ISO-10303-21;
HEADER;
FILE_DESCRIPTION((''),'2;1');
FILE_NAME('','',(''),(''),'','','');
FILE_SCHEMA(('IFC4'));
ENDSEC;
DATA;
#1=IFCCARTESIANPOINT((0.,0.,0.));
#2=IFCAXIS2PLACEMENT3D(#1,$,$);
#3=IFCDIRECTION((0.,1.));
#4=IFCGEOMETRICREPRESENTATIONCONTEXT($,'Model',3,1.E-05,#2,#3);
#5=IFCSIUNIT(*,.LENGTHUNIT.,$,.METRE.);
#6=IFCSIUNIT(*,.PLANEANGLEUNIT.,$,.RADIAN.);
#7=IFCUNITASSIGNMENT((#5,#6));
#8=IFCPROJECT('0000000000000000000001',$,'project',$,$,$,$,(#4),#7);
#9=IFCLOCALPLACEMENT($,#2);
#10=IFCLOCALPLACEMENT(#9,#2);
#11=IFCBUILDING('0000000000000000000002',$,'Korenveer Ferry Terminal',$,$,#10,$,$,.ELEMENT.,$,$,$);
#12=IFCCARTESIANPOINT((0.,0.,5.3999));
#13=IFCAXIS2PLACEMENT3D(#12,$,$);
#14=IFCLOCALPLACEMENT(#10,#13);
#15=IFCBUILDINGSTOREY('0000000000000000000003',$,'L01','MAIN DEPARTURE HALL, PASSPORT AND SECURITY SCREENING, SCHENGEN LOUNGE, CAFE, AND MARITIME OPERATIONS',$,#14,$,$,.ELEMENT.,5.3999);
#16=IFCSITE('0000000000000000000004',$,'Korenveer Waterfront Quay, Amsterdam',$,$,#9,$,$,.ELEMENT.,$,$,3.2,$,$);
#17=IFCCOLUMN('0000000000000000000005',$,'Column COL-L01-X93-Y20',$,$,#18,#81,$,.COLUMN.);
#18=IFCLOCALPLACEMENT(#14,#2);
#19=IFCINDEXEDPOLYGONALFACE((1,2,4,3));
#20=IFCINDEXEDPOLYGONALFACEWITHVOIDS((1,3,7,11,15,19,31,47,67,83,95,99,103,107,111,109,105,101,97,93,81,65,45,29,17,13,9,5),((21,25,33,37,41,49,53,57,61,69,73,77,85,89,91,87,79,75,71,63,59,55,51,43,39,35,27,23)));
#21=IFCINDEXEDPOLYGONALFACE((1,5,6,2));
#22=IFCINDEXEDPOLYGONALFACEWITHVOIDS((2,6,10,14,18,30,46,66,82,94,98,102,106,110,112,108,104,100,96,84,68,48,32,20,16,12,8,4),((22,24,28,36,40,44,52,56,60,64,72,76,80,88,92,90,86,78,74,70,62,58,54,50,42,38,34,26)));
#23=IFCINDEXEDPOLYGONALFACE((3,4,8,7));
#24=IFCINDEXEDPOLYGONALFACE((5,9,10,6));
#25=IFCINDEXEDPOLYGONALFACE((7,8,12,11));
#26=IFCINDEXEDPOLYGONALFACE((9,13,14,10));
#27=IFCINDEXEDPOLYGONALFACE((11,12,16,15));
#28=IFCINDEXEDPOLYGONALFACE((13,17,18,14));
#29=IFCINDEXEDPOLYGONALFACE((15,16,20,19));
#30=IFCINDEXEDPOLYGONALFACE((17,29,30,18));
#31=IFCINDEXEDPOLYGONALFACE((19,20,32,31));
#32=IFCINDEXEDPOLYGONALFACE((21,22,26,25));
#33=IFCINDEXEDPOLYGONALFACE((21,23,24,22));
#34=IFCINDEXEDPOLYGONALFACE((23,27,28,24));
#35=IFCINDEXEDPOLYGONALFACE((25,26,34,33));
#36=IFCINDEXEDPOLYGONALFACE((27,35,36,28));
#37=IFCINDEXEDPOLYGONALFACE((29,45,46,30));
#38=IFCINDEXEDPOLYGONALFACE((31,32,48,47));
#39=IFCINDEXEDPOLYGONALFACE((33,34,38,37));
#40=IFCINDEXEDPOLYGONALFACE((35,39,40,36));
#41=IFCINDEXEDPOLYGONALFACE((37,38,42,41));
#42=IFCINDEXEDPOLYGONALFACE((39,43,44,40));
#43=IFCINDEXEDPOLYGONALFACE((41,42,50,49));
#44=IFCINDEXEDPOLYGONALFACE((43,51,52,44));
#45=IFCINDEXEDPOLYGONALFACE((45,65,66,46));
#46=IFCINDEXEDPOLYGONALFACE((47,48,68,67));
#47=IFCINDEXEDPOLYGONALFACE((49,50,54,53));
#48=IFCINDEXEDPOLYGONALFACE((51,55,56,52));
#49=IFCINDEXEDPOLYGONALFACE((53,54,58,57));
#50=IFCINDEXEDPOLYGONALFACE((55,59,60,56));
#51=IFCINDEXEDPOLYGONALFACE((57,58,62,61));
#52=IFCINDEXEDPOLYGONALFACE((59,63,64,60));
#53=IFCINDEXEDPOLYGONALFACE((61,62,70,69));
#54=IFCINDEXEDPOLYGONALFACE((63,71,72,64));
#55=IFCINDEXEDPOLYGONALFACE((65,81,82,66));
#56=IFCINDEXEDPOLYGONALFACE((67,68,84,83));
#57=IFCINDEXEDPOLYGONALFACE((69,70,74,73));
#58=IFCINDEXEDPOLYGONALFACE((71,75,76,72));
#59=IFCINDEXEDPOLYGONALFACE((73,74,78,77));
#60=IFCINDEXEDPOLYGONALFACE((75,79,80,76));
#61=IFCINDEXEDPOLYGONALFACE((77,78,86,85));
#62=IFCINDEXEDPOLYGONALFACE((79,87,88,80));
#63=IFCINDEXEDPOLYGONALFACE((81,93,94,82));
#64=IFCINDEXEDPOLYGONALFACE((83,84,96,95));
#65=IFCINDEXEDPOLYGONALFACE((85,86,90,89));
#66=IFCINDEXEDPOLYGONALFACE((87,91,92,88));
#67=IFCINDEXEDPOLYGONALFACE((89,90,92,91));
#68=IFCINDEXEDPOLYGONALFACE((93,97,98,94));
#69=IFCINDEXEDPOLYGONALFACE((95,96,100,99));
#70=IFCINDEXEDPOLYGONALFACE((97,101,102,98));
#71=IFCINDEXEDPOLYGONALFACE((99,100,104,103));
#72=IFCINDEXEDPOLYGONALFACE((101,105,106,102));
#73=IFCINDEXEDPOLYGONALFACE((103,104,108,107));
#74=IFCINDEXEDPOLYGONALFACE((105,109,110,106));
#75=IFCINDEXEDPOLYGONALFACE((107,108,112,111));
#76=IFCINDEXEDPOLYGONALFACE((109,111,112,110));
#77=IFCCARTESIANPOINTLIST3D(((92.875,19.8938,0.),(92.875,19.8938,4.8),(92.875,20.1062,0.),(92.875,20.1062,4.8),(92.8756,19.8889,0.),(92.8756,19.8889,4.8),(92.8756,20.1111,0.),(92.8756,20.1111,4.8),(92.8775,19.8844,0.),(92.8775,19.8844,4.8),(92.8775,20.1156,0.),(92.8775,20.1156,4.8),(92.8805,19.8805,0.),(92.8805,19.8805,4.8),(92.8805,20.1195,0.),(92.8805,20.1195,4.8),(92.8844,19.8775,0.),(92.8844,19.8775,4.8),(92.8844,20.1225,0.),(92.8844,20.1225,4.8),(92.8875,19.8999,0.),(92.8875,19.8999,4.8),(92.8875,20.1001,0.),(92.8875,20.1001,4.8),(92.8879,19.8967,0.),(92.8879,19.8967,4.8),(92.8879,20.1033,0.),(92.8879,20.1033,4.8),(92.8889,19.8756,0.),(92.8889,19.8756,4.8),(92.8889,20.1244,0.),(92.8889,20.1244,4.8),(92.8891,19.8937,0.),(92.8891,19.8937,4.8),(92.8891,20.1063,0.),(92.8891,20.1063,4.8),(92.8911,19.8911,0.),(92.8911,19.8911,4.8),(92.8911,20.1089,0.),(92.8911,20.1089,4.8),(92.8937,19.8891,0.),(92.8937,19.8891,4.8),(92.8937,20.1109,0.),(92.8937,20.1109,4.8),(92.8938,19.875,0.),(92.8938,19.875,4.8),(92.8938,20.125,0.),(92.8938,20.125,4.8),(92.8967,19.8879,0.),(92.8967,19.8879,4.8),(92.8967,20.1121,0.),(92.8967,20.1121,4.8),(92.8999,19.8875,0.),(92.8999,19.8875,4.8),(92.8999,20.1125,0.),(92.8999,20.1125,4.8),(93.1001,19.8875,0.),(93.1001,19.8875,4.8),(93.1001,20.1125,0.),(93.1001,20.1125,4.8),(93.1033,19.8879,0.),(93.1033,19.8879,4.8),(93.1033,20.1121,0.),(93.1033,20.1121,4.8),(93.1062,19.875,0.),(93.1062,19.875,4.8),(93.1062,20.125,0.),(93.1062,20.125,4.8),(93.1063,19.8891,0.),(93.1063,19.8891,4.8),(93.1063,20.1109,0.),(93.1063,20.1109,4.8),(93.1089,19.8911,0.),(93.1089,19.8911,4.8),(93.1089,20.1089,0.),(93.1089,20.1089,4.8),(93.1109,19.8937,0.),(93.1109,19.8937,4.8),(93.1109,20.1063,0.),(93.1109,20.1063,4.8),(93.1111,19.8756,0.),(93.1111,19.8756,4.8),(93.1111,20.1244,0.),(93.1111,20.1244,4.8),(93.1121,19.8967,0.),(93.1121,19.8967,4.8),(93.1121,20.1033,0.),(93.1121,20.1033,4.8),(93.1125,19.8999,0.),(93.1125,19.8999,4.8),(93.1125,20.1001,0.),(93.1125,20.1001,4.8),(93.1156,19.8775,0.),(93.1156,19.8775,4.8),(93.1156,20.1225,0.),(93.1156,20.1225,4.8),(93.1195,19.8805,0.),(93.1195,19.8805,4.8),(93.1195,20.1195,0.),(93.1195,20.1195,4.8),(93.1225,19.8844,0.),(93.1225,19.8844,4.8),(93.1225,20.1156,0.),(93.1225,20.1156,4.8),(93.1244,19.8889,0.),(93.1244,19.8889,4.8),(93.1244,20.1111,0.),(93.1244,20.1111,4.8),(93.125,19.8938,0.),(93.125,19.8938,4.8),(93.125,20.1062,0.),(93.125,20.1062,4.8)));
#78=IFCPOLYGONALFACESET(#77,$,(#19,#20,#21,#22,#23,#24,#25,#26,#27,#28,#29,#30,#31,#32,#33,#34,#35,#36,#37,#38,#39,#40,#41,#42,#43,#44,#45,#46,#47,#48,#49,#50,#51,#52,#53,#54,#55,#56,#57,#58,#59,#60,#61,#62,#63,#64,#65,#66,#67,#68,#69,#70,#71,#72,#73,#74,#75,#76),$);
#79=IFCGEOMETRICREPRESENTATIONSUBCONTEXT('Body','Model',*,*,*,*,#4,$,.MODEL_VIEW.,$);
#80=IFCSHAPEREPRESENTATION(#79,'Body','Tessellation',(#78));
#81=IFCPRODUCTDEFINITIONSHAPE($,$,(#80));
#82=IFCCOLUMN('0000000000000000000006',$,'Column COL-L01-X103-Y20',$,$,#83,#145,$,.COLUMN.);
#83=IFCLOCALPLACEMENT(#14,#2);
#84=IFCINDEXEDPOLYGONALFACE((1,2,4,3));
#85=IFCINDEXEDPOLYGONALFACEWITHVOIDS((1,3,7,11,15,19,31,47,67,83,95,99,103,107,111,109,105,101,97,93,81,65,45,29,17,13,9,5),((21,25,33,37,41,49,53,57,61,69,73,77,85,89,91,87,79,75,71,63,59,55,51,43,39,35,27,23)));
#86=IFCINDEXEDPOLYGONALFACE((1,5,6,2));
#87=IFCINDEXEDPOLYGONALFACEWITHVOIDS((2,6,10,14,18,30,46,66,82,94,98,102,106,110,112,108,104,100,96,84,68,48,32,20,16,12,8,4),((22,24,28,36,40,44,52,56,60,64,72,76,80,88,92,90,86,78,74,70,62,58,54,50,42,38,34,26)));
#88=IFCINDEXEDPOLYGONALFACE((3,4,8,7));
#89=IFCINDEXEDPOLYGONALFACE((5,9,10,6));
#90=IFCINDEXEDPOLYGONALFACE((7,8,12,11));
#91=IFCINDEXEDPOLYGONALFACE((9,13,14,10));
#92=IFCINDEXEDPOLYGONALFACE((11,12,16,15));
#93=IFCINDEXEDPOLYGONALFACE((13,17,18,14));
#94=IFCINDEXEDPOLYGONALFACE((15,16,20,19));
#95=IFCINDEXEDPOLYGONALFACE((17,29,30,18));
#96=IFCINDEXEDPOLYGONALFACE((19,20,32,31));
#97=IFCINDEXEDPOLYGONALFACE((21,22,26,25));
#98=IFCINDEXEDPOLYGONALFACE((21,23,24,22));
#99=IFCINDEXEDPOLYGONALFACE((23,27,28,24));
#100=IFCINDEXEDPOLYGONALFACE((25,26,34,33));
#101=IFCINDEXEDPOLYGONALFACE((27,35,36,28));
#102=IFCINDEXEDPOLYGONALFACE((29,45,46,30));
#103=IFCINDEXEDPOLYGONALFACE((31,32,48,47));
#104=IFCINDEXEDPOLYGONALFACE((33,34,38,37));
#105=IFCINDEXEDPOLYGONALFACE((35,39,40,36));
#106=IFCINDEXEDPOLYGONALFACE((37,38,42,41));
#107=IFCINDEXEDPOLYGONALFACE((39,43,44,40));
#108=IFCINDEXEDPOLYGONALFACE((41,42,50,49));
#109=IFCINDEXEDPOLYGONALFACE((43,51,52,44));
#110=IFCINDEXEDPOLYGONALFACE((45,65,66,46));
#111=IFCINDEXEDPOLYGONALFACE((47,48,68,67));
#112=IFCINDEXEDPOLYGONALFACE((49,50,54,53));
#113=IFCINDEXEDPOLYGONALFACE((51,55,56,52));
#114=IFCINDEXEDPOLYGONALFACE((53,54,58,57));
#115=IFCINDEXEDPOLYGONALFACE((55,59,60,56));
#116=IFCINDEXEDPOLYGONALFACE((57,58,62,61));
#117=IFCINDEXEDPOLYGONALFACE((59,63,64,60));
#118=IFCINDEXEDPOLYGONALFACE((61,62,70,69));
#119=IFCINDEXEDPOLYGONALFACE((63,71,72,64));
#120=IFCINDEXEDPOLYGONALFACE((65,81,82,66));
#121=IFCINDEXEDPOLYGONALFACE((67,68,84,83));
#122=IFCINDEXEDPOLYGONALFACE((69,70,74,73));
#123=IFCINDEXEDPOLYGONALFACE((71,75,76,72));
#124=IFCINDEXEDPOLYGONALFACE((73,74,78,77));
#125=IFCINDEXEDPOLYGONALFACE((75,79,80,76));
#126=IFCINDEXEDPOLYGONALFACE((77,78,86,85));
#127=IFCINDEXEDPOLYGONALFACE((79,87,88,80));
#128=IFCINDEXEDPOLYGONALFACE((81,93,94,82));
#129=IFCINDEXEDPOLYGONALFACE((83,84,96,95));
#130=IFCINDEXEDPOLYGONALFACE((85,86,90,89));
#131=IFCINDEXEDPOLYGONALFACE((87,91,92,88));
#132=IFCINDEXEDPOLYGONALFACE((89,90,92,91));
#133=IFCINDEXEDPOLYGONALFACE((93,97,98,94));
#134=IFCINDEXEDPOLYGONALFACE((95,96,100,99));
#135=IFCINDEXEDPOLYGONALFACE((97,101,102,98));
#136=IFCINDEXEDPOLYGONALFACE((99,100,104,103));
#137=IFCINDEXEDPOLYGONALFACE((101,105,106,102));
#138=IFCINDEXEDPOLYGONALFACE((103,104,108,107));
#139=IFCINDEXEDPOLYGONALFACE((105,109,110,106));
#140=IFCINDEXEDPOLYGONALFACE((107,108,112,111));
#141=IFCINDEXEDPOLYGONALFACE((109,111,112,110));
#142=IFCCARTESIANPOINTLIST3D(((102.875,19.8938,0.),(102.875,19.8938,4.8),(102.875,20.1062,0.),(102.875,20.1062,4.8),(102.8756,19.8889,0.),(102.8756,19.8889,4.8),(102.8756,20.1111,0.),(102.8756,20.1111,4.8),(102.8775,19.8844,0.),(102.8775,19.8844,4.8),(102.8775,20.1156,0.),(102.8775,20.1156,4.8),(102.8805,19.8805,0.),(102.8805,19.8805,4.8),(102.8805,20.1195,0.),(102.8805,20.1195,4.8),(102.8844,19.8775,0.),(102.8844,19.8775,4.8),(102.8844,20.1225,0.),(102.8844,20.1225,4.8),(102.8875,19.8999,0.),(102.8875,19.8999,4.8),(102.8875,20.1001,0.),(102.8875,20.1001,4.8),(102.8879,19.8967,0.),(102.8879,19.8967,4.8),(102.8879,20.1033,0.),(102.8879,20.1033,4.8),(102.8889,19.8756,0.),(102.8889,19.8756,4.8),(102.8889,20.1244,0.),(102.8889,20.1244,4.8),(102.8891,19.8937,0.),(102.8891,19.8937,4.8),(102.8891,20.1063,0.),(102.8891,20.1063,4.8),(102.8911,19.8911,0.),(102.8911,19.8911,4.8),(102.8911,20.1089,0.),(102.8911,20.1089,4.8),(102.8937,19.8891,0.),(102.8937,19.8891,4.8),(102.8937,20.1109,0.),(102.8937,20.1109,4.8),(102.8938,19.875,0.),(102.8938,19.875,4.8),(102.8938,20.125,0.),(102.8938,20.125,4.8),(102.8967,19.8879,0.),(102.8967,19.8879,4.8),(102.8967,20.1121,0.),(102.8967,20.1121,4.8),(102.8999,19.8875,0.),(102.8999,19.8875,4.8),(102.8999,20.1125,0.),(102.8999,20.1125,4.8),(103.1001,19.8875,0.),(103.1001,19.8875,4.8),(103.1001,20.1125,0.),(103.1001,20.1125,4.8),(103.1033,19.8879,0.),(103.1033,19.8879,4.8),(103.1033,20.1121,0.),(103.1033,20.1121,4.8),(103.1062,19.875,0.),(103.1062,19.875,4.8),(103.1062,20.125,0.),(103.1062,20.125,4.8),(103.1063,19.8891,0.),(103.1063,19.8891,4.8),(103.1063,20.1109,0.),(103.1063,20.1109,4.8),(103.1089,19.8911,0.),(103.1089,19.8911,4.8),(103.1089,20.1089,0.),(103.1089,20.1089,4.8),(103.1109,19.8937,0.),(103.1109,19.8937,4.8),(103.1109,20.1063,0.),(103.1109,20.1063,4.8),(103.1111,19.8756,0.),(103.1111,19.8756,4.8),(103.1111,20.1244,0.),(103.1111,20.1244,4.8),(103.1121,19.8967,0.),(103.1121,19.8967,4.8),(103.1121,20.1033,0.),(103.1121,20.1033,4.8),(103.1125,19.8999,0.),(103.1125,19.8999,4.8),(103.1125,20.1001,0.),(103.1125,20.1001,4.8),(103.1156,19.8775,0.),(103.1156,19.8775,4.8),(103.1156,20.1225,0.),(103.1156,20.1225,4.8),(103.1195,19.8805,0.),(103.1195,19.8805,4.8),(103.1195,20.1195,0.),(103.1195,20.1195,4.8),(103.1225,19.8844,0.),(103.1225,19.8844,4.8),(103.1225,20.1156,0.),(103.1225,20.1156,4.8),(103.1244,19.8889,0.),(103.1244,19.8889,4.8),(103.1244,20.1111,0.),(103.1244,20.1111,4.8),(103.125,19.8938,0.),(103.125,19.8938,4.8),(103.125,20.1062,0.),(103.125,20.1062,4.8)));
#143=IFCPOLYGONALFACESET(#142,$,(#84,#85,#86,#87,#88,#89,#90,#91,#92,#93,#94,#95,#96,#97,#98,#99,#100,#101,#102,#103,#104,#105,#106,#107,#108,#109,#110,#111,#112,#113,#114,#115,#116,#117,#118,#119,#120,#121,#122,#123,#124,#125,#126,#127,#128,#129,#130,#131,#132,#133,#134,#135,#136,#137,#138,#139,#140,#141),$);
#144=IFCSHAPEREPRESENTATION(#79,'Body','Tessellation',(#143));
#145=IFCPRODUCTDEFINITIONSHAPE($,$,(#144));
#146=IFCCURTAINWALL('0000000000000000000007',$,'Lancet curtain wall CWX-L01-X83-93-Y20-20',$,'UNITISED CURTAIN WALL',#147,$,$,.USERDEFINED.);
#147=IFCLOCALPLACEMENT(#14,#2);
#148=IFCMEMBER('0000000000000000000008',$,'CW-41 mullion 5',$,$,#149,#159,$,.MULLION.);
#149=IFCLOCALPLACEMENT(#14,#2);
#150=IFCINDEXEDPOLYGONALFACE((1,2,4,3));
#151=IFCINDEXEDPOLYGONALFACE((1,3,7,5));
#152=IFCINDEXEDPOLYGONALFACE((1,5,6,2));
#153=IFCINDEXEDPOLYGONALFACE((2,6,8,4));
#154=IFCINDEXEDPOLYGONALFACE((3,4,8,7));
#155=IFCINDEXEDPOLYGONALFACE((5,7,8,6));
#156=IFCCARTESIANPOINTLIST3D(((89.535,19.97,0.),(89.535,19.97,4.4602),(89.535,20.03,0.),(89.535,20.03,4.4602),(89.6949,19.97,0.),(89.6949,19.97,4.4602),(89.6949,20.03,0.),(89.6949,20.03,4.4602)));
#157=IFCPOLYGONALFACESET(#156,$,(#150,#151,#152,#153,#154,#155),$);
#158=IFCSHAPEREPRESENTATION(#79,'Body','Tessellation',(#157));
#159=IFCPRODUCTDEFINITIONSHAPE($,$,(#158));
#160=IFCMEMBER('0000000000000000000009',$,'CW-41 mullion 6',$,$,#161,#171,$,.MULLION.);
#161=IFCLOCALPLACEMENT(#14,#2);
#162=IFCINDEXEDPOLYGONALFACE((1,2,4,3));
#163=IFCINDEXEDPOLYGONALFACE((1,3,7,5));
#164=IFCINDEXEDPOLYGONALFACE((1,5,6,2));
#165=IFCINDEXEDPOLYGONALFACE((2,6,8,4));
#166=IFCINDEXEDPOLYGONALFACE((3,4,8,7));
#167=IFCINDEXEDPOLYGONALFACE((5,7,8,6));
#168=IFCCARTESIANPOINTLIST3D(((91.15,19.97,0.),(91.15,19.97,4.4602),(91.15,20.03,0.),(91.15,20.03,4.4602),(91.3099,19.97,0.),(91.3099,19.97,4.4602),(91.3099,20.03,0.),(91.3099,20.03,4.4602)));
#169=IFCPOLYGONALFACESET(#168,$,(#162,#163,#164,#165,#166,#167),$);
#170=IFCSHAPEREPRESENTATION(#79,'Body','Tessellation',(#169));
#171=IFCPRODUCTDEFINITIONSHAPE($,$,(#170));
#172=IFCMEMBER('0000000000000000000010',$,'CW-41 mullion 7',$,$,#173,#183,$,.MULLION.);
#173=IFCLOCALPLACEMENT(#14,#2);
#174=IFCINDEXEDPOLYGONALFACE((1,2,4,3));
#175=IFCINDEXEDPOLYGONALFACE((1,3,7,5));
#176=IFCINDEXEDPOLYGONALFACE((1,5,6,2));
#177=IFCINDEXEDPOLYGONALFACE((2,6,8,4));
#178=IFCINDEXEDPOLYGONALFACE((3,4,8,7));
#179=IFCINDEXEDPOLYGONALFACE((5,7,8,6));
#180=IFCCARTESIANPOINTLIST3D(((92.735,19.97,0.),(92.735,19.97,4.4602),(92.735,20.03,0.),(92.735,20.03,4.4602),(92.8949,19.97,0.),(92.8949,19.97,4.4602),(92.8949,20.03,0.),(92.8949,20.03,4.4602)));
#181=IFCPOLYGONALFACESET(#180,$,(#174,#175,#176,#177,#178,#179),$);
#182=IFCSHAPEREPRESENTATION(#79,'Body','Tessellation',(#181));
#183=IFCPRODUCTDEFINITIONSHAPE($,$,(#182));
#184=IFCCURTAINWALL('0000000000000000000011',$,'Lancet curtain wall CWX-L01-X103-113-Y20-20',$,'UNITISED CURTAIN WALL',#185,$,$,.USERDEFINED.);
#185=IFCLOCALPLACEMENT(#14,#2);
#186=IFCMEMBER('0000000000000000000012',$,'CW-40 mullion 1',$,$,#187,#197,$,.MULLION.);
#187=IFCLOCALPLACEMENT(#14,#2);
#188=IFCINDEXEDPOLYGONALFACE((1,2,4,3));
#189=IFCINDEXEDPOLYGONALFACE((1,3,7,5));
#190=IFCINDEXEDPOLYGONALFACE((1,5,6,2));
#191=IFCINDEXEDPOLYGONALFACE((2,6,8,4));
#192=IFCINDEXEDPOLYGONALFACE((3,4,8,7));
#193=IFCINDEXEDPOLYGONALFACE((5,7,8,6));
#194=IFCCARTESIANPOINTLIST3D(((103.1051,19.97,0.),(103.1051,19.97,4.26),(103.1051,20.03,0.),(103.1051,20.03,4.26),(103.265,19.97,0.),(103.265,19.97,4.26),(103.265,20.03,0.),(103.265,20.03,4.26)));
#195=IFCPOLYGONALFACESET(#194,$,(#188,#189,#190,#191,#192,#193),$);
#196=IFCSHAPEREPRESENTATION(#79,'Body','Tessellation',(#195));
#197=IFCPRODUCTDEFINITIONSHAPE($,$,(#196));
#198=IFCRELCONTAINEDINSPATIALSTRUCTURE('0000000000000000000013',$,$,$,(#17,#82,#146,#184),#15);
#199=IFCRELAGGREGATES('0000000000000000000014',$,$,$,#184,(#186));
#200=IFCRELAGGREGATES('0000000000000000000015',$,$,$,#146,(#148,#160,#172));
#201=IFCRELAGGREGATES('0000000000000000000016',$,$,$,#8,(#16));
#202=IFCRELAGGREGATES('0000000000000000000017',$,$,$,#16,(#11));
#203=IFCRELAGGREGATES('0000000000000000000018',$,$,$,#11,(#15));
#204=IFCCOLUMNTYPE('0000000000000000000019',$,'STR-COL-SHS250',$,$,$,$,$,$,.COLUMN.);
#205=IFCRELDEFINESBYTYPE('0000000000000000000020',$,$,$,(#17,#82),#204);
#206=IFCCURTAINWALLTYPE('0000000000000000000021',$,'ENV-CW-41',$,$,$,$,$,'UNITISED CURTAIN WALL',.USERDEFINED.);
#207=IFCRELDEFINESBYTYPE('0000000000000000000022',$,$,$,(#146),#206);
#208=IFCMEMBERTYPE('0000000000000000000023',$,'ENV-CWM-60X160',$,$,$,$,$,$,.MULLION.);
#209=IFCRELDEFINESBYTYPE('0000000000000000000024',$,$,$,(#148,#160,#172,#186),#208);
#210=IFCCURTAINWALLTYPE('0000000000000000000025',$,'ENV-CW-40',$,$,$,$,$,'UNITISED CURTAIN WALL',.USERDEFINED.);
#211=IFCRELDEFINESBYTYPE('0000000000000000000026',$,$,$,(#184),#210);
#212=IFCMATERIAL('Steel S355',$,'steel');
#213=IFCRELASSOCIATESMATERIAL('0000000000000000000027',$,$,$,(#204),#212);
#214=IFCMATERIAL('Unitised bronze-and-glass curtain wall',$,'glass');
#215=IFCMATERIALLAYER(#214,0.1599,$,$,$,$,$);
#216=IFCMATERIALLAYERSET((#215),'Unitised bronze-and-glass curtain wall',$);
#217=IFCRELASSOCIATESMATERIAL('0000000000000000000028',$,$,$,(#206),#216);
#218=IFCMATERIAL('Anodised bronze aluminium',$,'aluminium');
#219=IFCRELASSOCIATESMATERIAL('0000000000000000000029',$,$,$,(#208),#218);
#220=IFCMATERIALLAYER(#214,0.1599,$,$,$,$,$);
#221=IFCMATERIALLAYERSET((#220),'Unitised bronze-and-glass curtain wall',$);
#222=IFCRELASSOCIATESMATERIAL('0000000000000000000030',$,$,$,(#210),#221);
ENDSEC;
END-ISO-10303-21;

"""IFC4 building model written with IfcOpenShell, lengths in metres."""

from ifc_helpers import new_model, si_unit, direction, frame, origin, origin_2d, place, context, subcontext, project, spatial, rectangle, hollow_rectangle, extrude, material, layer, layer_set, material_profile, profile_set, type_object, element, aggregate, save


model = new_model("IFC4")

# Units and contexts
model_context = context("Model", 3, precision=1e-05, world=origin(), true_north=direction((0.0, 1.0)))
body_context = subcontext(model_context, "Body", "Model", "MODEL_VIEW")
ifc_project = project(units=[si_unit("LENGTHUNIT", "METRE"), si_unit("PLANEANGLEUNIT", "RADIAN")], contexts=[model_context])

# Site, building, storey
site_placement = place(None, origin())
site = spatial("IfcSite", under=ifc_project, at=site_placement, Name="Korenveer Waterfront Quay, Amsterdam", CompositionType="ELEMENT", RefElevation=3.2)
building_placement = place(site_placement, origin())
building = spatial("IfcBuilding", under=site, at=building_placement, Name="Korenveer Ferry Terminal", CompositionType="ELEMENT")
storey_placement = place(building_placement, frame((0.0, 0.0, 5.3999)))
storey = spatial("IfcBuildingStorey", under=building, at=storey_placement, Name="L01", Description="MAIN DEPARTURE HALL, PASSPORT AND SECURITY SCREENING, SCHENGEN LOUNGE, CAFE, AND MARITIME OPERATIONS", CompositionType="ELEMENT", Elevation=5.3999)

# Columns
ifc_material_1 = material(Name="Steel S355", Category="steel")
ifc_material_profile_1 = material_profile(ifc_material_1, hollow_rectangle(XDim=0.25, YDim=0.25, WallThickness=0.0125, InnerFilletRadius=0.0125, OuterFilletRadius=0.0188, at=origin_2d()), Name="SHS 250x250x12.5")
ifc_profile_set_1 = profile_set([ifc_material_profile_1], Name="Steel S355")
column_type = type_object("IfcColumnType", Name="STR-COL-SHS250", PredefinedType="COLUMN", material=ifc_profile_set_1)
for number, where, z_axis, x_axis, name in (
    (1, (93.0, 20.0, 0.0), (0.0, 0.0, 1.0), (1.0, 0.0, 0.0), "Column COL-L01-X93-Y20"),
    (2, (103.0, 20.0, 0.0), (0.0, 0.0, 1.0), (1.0, 0.0, 0.0), "Column COL-L01-X103-Y20"),
):
    element("IfcColumn", number, at=place(storey_placement, frame(where, z_axis=z_axis, x_axis=x_axis)), inside=storey, type_object=column_type, Name=name, PredefinedType="COLUMN", context=body_context, shape_type="SweptSolid", body=[
        extrude(hollow_rectangle(XDim=0.25, YDim=0.25, WallThickness=0.0125, InnerFilletRadius=0.0125, OuterFilletRadius=0.0188, at=origin_2d()), origin(), (0.0, 0.0, 1.0), 4.8),
    ])

# Curtain wall, members
ifc_material_2 = material(Name="Unitised bronze-and-glass curtain wall", Category="glass")
ifc_layer_1 = layer(ifc_material_2, 0.1599)
ifc_layer_set_1 = layer_set([ifc_layer_1], Name="Unitised bronze-and-glass curtain wall")
curtain_wall_type_1 = type_object("IfcCurtainWallType", Name="ENV-CW-41", ElementType="UNITISED CURTAIN WALL", PredefinedType="USERDEFINED", material=ifc_layer_set_1)
curtain_wall_1_placement = place(storey_placement, frame((83.155, 20.0, 0.0)))
curtain_wall_1 = element("IfcCurtainWall", 3, at=curtain_wall_1_placement, inside=storey, type_object=curtain_wall_type_1, Name="Lancet curtain wall CWX-L01-X83-93-Y20-20", ObjectType="UNITISED CURTAIN WALL", PredefinedType="USERDEFINED")
ifc_material_3 = material(Name="Anodised bronze aluminium", Category="aluminium")
ifc_material_profile_2 = material_profile(ifc_material_3, rectangle(XDim=0.0601, YDim=0.1599, at=origin_2d()), Name="ALU 60x160")
ifc_profile_set_2 = profile_set([ifc_material_profile_2], Name="Anodised bronze aluminium")
member_type_1 = type_object("IfcMemberType", Name="ENV-CWM-60X160", PredefinedType="MULLION", material=ifc_profile_set_2)
member_1_placement = place(storey_placement, frame((89.615, 20.0, 0.0), z_axis=(0.0, 0.0, 1.0), x_axis=(0.0, 1.0, 0.0)))
member_1 = element("IfcMember", 4, at=member_1_placement, type_object=member_type_1, Name="CW-41 mullion 5", PredefinedType="MULLION", context=body_context, shape_type="SweptSolid", body=[
    extrude(rectangle(XDim=0.0601, YDim=0.1599, at=origin_2d()), origin(), (0.0, 0.0, 1.0), 4.4602),
])
member_2_placement = place(storey_placement, frame((91.23, 20.0, 0.0), z_axis=(0.0, 0.0, 1.0), x_axis=(0.0, 1.0, 0.0)))
member_2 = element("IfcMember", 5, at=member_2_placement, type_object=member_type_1, Name="CW-41 mullion 6", PredefinedType="MULLION", context=body_context, shape_type="SweptSolid", body=[
    extrude(rectangle(XDim=0.0601, YDim=0.1599, at=origin_2d()), origin(), (0.0, 0.0, 1.0), 4.4602),
])
member_3_placement = place(storey_placement, frame((92.8149, 20.0, 0.0), z_axis=(0.0, 0.0, 1.0), x_axis=(0.0, 1.0, 0.0)))
member_3 = element("IfcMember", 6, at=member_3_placement, type_object=member_type_1, Name="CW-41 mullion 7", PredefinedType="MULLION", context=body_context, shape_type="SweptSolid", body=[
    extrude(rectangle(XDim=0.0601, YDim=0.1599, at=origin_2d()), origin(), (0.0, 0.0, 1.0), 4.4602),
])

# Curtain wall, member
ifc_layer_2 = layer(ifc_material_2, 0.1599)
ifc_layer_set_2 = layer_set([ifc_layer_2], Name="Unitised bronze-and-glass curtain wall")
curtain_wall_type_2 = type_object("IfcCurtainWallType", Name="ENV-CW-40", ElementType="UNITISED CURTAIN WALL", PredefinedType="USERDEFINED", material=ifc_layer_set_2)
curtain_wall_2_placement = place(storey_placement, frame((103.155, 20.0, 0.0)))
curtain_wall_2 = element("IfcCurtainWall", 7, at=curtain_wall_2_placement, inside=storey, type_object=curtain_wall_type_2, Name="Lancet curtain wall CWX-L01-X103-113-Y20-20", ObjectType="UNITISED CURTAIN WALL", PredefinedType="USERDEFINED")
member_4_placement = place(storey_placement, frame((103.1851, 20.0, 0.0), z_axis=(0.0, 0.0, 1.0), x_axis=(0.0, 1.0, 0.0)))
member_4 = element("IfcMember", 8, at=member_4_placement, type_object=member_type_1, Name="CW-40 mullion 1", PredefinedType="MULLION", context=body_context, shape_type="SweptSolid", body=[
    extrude(rectangle(XDim=0.0601, YDim=0.1599, at=origin_2d()), origin(), (0.0, 0.0, 1.0), 4.26),
])
aggregate(curtain_wall_2, [member_4])

aggregate(curtain_wall_1, [member_1, member_2, member_3])

save(model, "model.ifc")
